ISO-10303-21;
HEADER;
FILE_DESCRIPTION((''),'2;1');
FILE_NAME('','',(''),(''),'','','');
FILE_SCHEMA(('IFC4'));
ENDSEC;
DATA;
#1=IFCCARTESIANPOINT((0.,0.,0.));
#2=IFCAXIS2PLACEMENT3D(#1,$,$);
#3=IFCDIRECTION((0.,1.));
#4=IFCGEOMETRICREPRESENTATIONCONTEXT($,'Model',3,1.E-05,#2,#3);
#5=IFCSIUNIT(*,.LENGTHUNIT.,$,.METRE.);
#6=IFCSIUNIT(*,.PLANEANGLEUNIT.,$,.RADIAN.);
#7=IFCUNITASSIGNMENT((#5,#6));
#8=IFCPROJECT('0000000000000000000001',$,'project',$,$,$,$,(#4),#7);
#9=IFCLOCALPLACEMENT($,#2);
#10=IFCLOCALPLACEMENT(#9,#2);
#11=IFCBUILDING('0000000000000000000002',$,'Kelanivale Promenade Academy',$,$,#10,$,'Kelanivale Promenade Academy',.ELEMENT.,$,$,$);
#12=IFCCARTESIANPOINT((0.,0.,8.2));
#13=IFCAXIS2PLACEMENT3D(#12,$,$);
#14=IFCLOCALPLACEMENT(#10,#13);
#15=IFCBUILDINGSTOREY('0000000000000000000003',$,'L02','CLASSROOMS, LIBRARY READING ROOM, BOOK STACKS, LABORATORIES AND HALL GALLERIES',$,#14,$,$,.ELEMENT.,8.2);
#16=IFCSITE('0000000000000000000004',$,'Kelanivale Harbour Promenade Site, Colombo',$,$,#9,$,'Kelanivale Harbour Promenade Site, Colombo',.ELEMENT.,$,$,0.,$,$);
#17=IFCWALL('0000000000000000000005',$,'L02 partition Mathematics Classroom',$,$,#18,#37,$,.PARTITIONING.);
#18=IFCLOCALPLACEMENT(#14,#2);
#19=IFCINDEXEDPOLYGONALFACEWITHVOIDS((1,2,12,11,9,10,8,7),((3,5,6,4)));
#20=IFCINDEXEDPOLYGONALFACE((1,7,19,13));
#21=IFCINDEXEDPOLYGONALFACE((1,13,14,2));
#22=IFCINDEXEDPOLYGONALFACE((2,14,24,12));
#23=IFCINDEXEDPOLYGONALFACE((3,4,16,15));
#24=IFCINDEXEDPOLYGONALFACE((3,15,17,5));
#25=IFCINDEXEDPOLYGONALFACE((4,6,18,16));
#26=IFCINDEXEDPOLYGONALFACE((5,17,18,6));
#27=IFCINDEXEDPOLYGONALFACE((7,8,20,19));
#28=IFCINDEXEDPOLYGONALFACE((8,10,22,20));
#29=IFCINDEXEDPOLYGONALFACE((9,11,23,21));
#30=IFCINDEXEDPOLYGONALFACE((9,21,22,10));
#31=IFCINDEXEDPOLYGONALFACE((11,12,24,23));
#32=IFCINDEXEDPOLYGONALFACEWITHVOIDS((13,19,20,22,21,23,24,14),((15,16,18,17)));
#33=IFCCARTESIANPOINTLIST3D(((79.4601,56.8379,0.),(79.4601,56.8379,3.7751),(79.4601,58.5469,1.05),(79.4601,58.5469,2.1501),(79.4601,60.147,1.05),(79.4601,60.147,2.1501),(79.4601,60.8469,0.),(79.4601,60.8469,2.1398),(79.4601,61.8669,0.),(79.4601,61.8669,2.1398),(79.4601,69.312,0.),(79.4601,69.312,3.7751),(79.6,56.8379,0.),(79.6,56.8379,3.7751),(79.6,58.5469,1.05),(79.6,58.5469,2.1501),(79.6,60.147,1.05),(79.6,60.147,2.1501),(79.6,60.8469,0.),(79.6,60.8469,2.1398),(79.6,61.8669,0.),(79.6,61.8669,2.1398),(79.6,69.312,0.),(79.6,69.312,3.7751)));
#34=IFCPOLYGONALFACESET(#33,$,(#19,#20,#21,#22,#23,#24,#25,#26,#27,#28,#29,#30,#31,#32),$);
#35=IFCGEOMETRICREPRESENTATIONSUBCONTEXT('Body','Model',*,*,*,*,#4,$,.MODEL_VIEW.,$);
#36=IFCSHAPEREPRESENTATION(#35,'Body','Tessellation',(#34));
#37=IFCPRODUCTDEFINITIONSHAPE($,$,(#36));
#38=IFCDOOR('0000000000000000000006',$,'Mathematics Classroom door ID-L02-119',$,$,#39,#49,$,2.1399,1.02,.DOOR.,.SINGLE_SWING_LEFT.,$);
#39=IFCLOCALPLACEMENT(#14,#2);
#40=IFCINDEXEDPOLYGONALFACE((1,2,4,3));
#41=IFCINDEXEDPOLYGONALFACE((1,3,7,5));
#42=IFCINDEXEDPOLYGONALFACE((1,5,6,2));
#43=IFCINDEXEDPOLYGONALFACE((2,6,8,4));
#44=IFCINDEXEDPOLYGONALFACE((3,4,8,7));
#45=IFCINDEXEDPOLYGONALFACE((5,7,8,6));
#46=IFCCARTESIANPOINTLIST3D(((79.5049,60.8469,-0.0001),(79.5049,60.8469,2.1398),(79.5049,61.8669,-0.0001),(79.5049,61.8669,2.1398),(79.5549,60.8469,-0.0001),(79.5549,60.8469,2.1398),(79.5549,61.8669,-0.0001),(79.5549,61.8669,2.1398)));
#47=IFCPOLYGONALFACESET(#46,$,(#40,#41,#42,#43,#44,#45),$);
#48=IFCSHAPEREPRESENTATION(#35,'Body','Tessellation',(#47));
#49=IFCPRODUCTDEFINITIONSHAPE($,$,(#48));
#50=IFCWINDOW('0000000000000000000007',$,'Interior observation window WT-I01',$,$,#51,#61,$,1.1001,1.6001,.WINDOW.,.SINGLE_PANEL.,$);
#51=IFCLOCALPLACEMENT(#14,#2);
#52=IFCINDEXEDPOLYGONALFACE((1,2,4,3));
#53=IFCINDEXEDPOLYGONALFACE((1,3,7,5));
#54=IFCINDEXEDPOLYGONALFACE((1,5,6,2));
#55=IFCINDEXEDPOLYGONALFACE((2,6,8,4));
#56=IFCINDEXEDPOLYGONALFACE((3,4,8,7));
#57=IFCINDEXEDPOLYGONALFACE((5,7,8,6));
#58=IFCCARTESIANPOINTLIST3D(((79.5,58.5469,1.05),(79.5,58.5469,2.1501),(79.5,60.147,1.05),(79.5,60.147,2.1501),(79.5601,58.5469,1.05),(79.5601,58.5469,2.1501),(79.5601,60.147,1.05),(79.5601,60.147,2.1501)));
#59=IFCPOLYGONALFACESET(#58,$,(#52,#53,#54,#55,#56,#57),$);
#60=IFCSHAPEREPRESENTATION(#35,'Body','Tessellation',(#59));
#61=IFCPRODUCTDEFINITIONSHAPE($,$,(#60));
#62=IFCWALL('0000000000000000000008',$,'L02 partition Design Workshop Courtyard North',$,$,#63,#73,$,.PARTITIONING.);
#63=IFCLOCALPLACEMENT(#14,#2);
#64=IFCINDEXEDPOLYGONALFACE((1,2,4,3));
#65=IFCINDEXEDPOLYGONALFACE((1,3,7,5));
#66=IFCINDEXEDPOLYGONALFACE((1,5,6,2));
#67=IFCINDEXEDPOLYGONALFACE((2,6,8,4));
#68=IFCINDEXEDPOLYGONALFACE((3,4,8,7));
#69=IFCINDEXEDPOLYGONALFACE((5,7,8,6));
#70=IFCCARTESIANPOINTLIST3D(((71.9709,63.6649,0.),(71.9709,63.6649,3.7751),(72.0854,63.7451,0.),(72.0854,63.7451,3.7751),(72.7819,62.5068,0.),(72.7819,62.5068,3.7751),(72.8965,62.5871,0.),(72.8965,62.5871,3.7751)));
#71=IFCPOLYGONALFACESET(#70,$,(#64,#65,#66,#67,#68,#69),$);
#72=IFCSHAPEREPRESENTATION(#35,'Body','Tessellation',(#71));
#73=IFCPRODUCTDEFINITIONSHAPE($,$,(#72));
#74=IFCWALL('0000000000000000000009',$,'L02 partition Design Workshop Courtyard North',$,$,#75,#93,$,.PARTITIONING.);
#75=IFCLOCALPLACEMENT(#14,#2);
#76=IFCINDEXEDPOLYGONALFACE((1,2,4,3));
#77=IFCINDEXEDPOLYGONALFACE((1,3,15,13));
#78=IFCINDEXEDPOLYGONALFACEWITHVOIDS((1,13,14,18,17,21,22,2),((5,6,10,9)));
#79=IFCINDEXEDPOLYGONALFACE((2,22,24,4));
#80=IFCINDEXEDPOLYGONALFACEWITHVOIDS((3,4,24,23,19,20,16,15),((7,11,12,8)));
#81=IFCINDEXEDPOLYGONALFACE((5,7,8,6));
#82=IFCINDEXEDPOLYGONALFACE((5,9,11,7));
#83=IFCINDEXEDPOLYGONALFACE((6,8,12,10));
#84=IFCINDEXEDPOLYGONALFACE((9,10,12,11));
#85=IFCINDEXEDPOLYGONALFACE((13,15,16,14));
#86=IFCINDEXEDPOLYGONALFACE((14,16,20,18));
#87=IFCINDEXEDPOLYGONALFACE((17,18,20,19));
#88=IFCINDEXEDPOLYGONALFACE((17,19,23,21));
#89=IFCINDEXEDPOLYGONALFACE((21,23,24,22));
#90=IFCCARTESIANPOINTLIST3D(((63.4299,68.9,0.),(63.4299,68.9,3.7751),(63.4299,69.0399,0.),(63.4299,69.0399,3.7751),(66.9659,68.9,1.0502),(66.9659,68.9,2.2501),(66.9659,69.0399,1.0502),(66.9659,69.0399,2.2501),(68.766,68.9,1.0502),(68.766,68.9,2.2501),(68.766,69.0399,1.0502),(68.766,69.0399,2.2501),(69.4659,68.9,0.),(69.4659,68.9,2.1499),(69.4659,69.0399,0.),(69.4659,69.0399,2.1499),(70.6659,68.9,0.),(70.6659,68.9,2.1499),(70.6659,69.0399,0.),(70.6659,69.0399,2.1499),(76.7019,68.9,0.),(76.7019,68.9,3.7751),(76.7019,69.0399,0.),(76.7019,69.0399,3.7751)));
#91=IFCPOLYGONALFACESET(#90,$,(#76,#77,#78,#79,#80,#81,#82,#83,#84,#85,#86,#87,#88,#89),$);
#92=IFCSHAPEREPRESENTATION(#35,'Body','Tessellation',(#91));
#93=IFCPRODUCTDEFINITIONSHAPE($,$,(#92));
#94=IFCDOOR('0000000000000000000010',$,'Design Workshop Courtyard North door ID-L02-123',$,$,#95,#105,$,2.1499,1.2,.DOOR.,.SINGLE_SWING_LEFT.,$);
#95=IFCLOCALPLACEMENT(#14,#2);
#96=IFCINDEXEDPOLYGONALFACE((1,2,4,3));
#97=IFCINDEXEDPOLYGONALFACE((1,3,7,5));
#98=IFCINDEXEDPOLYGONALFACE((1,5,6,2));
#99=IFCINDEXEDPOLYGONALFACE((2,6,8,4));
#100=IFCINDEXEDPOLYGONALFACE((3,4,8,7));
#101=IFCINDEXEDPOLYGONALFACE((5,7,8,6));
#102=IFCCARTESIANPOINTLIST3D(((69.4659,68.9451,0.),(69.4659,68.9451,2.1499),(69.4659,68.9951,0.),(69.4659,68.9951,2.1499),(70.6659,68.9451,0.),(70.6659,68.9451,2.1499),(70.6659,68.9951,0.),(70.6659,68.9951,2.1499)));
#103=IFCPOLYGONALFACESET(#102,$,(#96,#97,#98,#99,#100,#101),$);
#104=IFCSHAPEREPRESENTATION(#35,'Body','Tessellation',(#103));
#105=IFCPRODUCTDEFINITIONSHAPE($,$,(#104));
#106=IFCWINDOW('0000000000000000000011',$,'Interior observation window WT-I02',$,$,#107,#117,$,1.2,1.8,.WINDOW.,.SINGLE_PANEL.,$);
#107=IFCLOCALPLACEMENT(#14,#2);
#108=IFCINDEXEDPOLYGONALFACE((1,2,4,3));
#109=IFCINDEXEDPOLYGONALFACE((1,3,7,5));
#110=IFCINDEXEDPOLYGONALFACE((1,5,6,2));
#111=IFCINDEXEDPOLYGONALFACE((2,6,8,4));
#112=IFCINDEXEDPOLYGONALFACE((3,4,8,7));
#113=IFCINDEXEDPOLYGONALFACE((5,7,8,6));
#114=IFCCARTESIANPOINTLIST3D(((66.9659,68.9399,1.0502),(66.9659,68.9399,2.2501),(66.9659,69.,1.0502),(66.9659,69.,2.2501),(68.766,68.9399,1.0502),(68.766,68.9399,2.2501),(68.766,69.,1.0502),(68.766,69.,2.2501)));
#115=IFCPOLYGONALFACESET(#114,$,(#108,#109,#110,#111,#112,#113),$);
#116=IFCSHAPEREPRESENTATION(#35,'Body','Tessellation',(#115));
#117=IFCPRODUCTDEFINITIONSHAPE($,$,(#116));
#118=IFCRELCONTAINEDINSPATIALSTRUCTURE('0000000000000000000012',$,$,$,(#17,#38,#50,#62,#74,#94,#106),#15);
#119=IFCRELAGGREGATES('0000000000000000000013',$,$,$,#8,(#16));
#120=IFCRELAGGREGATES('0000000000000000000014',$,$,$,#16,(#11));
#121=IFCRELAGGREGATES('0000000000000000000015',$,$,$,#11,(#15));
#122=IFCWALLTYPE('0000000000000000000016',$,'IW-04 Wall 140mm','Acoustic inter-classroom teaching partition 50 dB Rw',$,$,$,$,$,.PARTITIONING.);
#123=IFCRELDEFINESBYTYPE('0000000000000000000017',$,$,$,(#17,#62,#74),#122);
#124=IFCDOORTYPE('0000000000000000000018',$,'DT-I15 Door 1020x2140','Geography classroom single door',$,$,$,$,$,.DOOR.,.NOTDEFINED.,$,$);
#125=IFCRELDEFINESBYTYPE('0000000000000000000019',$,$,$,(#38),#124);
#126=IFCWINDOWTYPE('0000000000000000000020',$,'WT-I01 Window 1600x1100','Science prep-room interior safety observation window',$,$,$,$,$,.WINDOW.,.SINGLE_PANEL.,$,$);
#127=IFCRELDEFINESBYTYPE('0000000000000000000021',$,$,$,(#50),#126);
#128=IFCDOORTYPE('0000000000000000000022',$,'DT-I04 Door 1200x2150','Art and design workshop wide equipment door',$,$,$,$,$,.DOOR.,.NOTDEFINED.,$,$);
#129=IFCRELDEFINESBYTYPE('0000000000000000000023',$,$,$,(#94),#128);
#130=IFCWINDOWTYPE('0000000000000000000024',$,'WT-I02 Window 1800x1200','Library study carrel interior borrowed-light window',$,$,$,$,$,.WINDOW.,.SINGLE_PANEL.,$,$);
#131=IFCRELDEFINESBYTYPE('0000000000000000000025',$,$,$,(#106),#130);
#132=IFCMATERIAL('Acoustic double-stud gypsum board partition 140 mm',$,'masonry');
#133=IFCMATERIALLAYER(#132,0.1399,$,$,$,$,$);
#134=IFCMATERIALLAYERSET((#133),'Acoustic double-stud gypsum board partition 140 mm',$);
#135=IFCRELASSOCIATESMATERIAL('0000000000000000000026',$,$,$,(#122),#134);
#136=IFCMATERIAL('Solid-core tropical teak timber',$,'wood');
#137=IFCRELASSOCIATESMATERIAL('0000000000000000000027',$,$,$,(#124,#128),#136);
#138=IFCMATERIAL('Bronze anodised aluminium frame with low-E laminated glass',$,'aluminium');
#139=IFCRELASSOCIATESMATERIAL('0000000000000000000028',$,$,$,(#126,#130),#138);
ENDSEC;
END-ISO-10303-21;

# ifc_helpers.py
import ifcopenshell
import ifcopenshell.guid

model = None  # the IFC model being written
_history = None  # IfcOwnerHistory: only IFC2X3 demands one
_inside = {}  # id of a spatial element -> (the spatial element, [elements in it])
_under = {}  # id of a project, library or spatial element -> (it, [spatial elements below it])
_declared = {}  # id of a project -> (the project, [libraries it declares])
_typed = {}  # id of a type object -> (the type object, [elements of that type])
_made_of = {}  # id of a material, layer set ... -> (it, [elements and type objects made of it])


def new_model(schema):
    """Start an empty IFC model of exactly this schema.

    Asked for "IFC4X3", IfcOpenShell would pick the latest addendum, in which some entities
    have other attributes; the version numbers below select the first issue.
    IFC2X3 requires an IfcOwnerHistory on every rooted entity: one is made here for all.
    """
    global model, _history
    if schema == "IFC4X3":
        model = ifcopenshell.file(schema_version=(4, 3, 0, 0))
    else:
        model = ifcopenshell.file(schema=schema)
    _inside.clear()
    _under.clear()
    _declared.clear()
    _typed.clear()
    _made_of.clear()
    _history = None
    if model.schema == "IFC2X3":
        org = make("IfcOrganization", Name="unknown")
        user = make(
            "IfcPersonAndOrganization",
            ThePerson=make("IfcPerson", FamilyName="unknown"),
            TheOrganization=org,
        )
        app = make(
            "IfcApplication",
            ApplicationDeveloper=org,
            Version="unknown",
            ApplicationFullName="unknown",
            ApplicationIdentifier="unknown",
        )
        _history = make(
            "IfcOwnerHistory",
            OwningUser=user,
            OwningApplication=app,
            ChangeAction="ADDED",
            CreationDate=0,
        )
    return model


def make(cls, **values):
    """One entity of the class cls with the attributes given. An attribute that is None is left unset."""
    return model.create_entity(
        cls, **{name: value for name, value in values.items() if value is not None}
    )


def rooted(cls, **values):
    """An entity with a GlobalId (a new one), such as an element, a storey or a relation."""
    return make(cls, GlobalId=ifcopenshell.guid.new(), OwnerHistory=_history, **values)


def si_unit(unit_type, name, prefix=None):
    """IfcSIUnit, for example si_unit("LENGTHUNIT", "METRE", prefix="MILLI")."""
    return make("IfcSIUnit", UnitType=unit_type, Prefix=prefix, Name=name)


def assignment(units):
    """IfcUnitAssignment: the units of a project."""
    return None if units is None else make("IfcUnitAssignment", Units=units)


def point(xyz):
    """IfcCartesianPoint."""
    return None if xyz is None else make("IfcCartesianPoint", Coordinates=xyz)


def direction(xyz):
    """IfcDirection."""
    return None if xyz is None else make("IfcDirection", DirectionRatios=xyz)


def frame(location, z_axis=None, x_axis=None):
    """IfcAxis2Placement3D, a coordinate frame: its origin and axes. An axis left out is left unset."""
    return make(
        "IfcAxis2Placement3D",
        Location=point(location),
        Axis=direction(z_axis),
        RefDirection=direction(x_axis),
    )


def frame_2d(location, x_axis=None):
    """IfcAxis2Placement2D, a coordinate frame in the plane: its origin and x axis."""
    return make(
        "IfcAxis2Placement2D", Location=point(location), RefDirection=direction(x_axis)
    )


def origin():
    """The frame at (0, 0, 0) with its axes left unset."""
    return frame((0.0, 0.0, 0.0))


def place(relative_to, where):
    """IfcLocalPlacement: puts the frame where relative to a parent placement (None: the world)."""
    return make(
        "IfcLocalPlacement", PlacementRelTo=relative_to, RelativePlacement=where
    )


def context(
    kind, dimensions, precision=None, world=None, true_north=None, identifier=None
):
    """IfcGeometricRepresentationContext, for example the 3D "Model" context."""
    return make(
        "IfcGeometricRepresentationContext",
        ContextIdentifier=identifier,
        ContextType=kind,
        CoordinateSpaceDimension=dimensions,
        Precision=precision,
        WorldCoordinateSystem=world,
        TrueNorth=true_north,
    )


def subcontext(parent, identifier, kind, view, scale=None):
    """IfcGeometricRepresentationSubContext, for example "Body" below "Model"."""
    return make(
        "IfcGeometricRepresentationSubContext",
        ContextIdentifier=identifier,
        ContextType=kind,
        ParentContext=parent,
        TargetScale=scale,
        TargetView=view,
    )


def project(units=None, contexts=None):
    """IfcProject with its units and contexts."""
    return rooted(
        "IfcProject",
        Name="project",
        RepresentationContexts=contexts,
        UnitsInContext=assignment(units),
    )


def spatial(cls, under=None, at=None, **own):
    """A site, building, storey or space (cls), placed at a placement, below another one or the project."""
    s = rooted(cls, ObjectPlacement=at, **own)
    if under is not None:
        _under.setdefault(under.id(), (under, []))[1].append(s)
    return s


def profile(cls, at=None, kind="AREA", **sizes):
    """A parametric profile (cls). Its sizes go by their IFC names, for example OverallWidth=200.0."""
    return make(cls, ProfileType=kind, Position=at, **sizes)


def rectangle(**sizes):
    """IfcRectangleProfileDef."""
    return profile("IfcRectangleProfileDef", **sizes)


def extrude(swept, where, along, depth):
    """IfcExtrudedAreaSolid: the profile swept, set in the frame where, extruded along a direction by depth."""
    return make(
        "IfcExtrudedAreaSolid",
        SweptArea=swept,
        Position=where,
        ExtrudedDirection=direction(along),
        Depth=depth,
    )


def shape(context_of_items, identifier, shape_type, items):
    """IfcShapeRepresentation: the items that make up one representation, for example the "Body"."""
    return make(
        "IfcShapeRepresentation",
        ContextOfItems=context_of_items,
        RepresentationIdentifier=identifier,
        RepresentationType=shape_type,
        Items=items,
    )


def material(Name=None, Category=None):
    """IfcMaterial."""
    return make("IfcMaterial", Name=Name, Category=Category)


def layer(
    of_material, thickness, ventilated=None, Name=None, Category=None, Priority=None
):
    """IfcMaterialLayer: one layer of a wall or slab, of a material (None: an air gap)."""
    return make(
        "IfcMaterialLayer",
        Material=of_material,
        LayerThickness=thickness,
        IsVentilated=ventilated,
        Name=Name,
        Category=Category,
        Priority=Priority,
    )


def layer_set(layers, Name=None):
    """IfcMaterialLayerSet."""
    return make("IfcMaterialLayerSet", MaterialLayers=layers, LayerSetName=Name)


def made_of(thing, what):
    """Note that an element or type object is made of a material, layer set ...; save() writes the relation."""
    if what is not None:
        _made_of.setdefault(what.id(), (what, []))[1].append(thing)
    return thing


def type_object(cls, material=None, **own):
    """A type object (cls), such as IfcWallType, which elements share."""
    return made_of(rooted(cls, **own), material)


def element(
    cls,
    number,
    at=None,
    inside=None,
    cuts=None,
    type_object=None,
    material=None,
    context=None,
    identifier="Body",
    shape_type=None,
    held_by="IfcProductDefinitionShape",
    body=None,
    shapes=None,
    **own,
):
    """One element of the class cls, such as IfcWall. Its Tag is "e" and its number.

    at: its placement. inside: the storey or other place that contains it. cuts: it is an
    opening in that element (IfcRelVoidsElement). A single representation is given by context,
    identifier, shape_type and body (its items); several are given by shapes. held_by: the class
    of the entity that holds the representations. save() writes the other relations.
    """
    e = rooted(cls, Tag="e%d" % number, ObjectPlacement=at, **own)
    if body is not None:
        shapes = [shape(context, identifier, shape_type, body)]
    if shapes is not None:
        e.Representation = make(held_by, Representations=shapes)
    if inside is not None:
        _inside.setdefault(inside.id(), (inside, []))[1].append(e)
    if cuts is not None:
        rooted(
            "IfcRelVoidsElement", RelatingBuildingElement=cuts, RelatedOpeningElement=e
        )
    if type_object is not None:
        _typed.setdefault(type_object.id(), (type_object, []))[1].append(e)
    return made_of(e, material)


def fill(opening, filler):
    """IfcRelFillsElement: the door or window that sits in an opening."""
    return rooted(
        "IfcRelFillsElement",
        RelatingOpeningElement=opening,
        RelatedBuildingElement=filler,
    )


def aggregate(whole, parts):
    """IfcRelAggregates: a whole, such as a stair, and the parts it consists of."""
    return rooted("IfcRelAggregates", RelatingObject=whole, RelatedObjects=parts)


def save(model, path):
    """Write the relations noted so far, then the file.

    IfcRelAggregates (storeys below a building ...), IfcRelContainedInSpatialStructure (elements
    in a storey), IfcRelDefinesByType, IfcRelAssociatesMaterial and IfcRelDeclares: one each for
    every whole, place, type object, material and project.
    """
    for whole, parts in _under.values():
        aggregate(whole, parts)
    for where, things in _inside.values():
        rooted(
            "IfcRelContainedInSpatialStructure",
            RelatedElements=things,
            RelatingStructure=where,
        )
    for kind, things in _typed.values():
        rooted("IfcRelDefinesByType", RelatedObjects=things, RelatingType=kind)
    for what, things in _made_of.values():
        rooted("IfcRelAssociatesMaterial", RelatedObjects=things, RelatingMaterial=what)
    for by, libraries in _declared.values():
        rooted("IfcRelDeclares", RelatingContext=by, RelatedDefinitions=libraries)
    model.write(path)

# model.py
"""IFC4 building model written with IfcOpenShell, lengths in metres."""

from ifc_helpers import new_model, si_unit, direction, frame, frame_2d, origin, place, context, subcontext, project, spatial, rectangle, extrude, material, layer, layer_set, type_object, element, fill, save


model = new_model("IFC4")

# Units and contexts
model_context = context("Model", 3, precision=1e-05, world=origin(), true_north=direction((0.0, 1.0)))
body_context = subcontext(model_context, "Body", "Model", "MODEL_VIEW")
ifc_project = project(units=[si_unit("LENGTHUNIT", "METRE"), si_unit("PLANEANGLEUNIT", "RADIAN")], contexts=[model_context])

# Site, building, storey
site_placement = place(None, origin())
site = spatial("IfcSite", under=ifc_project, at=site_placement, Name="Kelanivale Harbour Promenade Site, Colombo", LongName="Kelanivale Harbour Promenade Site, Colombo", CompositionType="ELEMENT", RefElevation=0.0)
building_placement = place(site_placement, origin())
building = spatial("IfcBuilding", under=site, at=building_placement, Name="Kelanivale Promenade Academy", LongName="Kelanivale Promenade Academy", CompositionType="ELEMENT")
storey_placement = place(building_placement, frame((0.0, 0.0, 8.2)))
storey = spatial("IfcBuildingStorey", under=building, at=storey_placement, Name="L02", Description="CLASSROOMS, LIBRARY READING ROOM, BOOK STACKS, LABORATORIES AND HALL GALLERIES", CompositionType="ELEMENT", Elevation=8.2)

# Wall, openings, door, window
ifc_material_1 = material(Name="Acoustic double-stud gypsum board partition 140 mm", Category="masonry")
ifc_layer_1 = layer(ifc_material_1, 0.1399)
ifc_layer_set_1 = layer_set([ifc_layer_1], Name="Acoustic double-stud gypsum board partition 140 mm")
wall_type = type_object("IfcWallType", Name="IW-04 Wall 140mm", Description="Acoustic inter-classroom teaching partition 50 dB Rw", PredefinedType="PARTITIONING", material=ifc_layer_set_1)
wall_1_placement = place(storey_placement, frame((79.53, 69.312, 0.0), z_axis=(0.0, 0.0, 1.0), x_axis=(0.0, -1.0, 0.0)))
wall_1 = element("IfcWall", 1, at=wall_1_placement, inside=storey, type_object=wall_type, Name="L02 partition Mathematics Classroom", PredefinedType="PARTITIONING", context=body_context, shape_type="SweptSolid", body=[
    extrude(rectangle(XDim=12.4741, YDim=0.1399, at=frame_2d((6.2371, 0.0))), origin(), (0.0, 0.0, 1.0), 3.7751),
])
opening_1_placement = place(wall_1_placement, frame((7.4451, 0.0, 0.0)))
opening_1 = element("IfcOpeningElement", 2, at=opening_1_placement, cuts=wall_1, PredefinedType="OPENING", context=body_context, shape_type="SweptSolid", body=[
    extrude(rectangle(XDim=1.02, YDim=2.1399, at=frame_2d((0.51, 1.0698))), frame((0.0, 0.0801, 0.0), z_axis=(0.0, -1.0, 0.0), x_axis=(1.0, 0.0, 0.0)), (0.0, 0.0, 1.0), 0.1599),
])
opening_2_placement = place(wall_1_placement, frame((9.165, 0.0, 1.05)))
opening_2 = element("IfcOpeningElement", 3, at=opening_2_placement, cuts=wall_1, PredefinedType="OPENING", context=body_context, shape_type="SweptSolid", body=[
    extrude(rectangle(XDim=1.6001, YDim=1.1001, at=frame_2d((0.8, 0.55))), frame((0.0, 0.0801, 0.0), z_axis=(0.0, -1.0, 0.0), x_axis=(1.0, 0.0, 0.0)), (0.0, 0.0, 1.0), 0.1599),
])
ifc_material_2 = material(Name="Solid-core tropical teak timber", Category="wood")
door_type_1 = type_object("IfcDoorType", Name="DT-I15 Door 1020x2140", Description="Geography classroom single door", OperationType="NOTDEFINED", PredefinedType="DOOR", material=ifc_material_2)
door_1_placement = place(opening_1_placement, origin())
door_1 = element("IfcDoor", 4, at=door_1_placement, inside=storey, type_object=door_type_1, Name="Mathematics Classroom door ID-L02-119", OperationType="SINGLE_SWING_LEFT", OverallHeight=2.1399, OverallWidth=1.02, PredefinedType="DOOR", context=body_context, shape_type="SweptSolid", body=[
    extrude(rectangle(XDim=1.02, YDim=2.1399, at=frame_2d((0.51, 1.0698))), frame((0.0, 0.0249, 0.0), z_axis=(0.0, -1.0, 0.0), x_axis=(1.0, 0.0, 0.0)), (0.0, 0.0, 1.0), 0.05),
])
fill(opening_1, door_1)
ifc_material_3 = material(Name="Bronze anodised aluminium frame with low-E laminated glass", Category="aluminium")
window_type_1 = type_object("IfcWindowType", Name="WT-I01 Window 1600x1100", Description="Science prep-room interior safety observation window", PartitioningType="SINGLE_PANEL", PredefinedType="WINDOW", material=ifc_material_3)
window_1_placement = place(opening_2_placement, origin())
window_1 = element("IfcWindow", 5, at=window_1_placement, inside=storey, type_object=window_type_1, Name="Interior observation window WT-I01", OverallHeight=1.1001, OverallWidth=1.6001, PartitioningType="SINGLE_PANEL", PredefinedType="WINDOW", context=body_context, shape_type="SweptSolid", body=[
    extrude(rectangle(XDim=1.6001, YDim=1.1001, at=frame_2d((0.8, 0.55))), frame((0.0, 0.03, 0.0), z_axis=(0.0, -1.0, 0.0), x_axis=(1.0, 0.0, 0.0)), (0.0, 0.0, 1.0), 0.0601),
])
fill(opening_2, window_1)

# Wall
wall_2_placement = place(storey_placement, frame((72.0281, 63.7051, 0.0), z_axis=(0.0, 0.0, 1.0), x_axis=(0.573683, -0.819078, 0.0)))
element("IfcWall", 6, at=wall_2_placement, inside=storey, type_object=wall_type, Name="L02 partition Design Workshop Courtyard North", PredefinedType="PARTITIONING", context=body_context, shape_type="SweptSolid", body=[
    extrude(rectangle(XDim=1.4138, YDim=0.1399, at=frame_2d((0.707, 0.0))), origin(), (0.0, 0.0, 1.0), 3.7751),
])

# Wall, openings, door, window
wall_3_placement = place(storey_placement, frame((76.7019, 68.97, 0.0), z_axis=(0.0, 0.0, 1.0), x_axis=(-1.0, 0.0, 0.0)))
wall_3 = element("IfcWall", 7, at=wall_3_placement, inside=storey, type_object=wall_type, Name="L02 partition Design Workshop Courtyard North", PredefinedType="PARTITIONING", context=body_context, shape_type="SweptSolid", body=[
    extrude(rectangle(XDim=13.272, YDim=0.1399, at=frame_2d((6.636, 0.0))), origin(), (0.0, 0.0, 1.0), 3.7751),
])
opening_3_placement = place(wall_3_placement, frame((6.0359, 0.0, 0.0)))
opening_3 = element("IfcOpeningElement", 8, at=opening_3_placement, cuts=wall_3, PredefinedType="OPENING", context=body_context, shape_type="SweptSolid", body=[
    extrude(rectangle(XDim=1.2, YDim=2.1499, at=frame_2d((0.6001, 1.075))), frame((0.0, 0.0801, 0.0), z_axis=(0.0, -1.0, 0.0), x_axis=(1.0, 0.0, 0.0)), (0.0, 0.0, 1.0), 0.1599),
])
opening_4_placement = place(wall_3_placement, frame((7.936, 0.0, 1.05)))
opening_4 = element("IfcOpeningElement", 9, at=opening_4_placement, cuts=wall_3, PredefinedType="OPENING", context=body_context, shape_type="SweptSolid", body=[
    extrude(rectangle(XDim=1.8, YDim=1.2, at=frame_2d((0.8999, 0.6001))), frame((0.0, 0.0801, 0.0), z_axis=(0.0, -1.0, 0.0), x_axis=(1.0, 0.0, 0.0)), (0.0, 0.0, 1.0), 0.1599),
])
door_type_2 = type_object("IfcDoorType", Name="DT-I04 Door 1200x2150", Description="Art and design workshop wide equipment door", OperationType="NOTDEFINED", PredefinedType="DOOR", material=ifc_material_2)
door_2_placement = place(opening_3_placement, origin())
door_2 = element("IfcDoor", 10, at=door_2_placement, inside=storey, type_object=door_type_2, Name="Design Workshop Courtyard North door ID-L02-123", OperationType="SINGLE_SWING_LEFT", OverallHeight=2.1499, OverallWidth=1.2, PredefinedType="DOOR", context=body_context, shape_type="SweptSolid", body=[
    extrude(rectangle(XDim=1.2, YDim=2.1499, at=frame_2d((0.6001, 1.075))), frame((0.0, 0.0249, 0.0), z_axis=(0.0, -1.0, 0.0), x_axis=(1.0, 0.0, 0.0)), (0.0, 0.0, 1.0), 0.05),
])
fill(opening_3, door_2)
window_type_2 = type_object("IfcWindowType", Name="WT-I02 Window 1800x1200", Description="Library study carrel interior borrowed-light window", PartitioningType="SINGLE_PANEL", PredefinedType="WINDOW", material=ifc_material_3)
window_2_placement = place(opening_4_placement, origin())
window_2 = element("IfcWindow", 11, at=window_2_placement, inside=storey, type_object=window_type_2, Name="Interior observation window WT-I02", OverallHeight=1.2, OverallWidth=1.8, PartitioningType="SINGLE_PANEL", PredefinedType="WINDOW", context=body_context, shape_type="SweptSolid", body=[
    extrude(rectangle(XDim=1.8, YDim=1.2, at=frame_2d((0.8999, 0.6001))), frame((0.0, 0.03, 0.0), z_axis=(0.0, -1.0, 0.0), x_axis=(1.0, 0.0, 0.0)), (0.0, 0.0, 1.0), 0.0601),
])
fill(opening_4, window_2)

save(model, "model.ifc")
